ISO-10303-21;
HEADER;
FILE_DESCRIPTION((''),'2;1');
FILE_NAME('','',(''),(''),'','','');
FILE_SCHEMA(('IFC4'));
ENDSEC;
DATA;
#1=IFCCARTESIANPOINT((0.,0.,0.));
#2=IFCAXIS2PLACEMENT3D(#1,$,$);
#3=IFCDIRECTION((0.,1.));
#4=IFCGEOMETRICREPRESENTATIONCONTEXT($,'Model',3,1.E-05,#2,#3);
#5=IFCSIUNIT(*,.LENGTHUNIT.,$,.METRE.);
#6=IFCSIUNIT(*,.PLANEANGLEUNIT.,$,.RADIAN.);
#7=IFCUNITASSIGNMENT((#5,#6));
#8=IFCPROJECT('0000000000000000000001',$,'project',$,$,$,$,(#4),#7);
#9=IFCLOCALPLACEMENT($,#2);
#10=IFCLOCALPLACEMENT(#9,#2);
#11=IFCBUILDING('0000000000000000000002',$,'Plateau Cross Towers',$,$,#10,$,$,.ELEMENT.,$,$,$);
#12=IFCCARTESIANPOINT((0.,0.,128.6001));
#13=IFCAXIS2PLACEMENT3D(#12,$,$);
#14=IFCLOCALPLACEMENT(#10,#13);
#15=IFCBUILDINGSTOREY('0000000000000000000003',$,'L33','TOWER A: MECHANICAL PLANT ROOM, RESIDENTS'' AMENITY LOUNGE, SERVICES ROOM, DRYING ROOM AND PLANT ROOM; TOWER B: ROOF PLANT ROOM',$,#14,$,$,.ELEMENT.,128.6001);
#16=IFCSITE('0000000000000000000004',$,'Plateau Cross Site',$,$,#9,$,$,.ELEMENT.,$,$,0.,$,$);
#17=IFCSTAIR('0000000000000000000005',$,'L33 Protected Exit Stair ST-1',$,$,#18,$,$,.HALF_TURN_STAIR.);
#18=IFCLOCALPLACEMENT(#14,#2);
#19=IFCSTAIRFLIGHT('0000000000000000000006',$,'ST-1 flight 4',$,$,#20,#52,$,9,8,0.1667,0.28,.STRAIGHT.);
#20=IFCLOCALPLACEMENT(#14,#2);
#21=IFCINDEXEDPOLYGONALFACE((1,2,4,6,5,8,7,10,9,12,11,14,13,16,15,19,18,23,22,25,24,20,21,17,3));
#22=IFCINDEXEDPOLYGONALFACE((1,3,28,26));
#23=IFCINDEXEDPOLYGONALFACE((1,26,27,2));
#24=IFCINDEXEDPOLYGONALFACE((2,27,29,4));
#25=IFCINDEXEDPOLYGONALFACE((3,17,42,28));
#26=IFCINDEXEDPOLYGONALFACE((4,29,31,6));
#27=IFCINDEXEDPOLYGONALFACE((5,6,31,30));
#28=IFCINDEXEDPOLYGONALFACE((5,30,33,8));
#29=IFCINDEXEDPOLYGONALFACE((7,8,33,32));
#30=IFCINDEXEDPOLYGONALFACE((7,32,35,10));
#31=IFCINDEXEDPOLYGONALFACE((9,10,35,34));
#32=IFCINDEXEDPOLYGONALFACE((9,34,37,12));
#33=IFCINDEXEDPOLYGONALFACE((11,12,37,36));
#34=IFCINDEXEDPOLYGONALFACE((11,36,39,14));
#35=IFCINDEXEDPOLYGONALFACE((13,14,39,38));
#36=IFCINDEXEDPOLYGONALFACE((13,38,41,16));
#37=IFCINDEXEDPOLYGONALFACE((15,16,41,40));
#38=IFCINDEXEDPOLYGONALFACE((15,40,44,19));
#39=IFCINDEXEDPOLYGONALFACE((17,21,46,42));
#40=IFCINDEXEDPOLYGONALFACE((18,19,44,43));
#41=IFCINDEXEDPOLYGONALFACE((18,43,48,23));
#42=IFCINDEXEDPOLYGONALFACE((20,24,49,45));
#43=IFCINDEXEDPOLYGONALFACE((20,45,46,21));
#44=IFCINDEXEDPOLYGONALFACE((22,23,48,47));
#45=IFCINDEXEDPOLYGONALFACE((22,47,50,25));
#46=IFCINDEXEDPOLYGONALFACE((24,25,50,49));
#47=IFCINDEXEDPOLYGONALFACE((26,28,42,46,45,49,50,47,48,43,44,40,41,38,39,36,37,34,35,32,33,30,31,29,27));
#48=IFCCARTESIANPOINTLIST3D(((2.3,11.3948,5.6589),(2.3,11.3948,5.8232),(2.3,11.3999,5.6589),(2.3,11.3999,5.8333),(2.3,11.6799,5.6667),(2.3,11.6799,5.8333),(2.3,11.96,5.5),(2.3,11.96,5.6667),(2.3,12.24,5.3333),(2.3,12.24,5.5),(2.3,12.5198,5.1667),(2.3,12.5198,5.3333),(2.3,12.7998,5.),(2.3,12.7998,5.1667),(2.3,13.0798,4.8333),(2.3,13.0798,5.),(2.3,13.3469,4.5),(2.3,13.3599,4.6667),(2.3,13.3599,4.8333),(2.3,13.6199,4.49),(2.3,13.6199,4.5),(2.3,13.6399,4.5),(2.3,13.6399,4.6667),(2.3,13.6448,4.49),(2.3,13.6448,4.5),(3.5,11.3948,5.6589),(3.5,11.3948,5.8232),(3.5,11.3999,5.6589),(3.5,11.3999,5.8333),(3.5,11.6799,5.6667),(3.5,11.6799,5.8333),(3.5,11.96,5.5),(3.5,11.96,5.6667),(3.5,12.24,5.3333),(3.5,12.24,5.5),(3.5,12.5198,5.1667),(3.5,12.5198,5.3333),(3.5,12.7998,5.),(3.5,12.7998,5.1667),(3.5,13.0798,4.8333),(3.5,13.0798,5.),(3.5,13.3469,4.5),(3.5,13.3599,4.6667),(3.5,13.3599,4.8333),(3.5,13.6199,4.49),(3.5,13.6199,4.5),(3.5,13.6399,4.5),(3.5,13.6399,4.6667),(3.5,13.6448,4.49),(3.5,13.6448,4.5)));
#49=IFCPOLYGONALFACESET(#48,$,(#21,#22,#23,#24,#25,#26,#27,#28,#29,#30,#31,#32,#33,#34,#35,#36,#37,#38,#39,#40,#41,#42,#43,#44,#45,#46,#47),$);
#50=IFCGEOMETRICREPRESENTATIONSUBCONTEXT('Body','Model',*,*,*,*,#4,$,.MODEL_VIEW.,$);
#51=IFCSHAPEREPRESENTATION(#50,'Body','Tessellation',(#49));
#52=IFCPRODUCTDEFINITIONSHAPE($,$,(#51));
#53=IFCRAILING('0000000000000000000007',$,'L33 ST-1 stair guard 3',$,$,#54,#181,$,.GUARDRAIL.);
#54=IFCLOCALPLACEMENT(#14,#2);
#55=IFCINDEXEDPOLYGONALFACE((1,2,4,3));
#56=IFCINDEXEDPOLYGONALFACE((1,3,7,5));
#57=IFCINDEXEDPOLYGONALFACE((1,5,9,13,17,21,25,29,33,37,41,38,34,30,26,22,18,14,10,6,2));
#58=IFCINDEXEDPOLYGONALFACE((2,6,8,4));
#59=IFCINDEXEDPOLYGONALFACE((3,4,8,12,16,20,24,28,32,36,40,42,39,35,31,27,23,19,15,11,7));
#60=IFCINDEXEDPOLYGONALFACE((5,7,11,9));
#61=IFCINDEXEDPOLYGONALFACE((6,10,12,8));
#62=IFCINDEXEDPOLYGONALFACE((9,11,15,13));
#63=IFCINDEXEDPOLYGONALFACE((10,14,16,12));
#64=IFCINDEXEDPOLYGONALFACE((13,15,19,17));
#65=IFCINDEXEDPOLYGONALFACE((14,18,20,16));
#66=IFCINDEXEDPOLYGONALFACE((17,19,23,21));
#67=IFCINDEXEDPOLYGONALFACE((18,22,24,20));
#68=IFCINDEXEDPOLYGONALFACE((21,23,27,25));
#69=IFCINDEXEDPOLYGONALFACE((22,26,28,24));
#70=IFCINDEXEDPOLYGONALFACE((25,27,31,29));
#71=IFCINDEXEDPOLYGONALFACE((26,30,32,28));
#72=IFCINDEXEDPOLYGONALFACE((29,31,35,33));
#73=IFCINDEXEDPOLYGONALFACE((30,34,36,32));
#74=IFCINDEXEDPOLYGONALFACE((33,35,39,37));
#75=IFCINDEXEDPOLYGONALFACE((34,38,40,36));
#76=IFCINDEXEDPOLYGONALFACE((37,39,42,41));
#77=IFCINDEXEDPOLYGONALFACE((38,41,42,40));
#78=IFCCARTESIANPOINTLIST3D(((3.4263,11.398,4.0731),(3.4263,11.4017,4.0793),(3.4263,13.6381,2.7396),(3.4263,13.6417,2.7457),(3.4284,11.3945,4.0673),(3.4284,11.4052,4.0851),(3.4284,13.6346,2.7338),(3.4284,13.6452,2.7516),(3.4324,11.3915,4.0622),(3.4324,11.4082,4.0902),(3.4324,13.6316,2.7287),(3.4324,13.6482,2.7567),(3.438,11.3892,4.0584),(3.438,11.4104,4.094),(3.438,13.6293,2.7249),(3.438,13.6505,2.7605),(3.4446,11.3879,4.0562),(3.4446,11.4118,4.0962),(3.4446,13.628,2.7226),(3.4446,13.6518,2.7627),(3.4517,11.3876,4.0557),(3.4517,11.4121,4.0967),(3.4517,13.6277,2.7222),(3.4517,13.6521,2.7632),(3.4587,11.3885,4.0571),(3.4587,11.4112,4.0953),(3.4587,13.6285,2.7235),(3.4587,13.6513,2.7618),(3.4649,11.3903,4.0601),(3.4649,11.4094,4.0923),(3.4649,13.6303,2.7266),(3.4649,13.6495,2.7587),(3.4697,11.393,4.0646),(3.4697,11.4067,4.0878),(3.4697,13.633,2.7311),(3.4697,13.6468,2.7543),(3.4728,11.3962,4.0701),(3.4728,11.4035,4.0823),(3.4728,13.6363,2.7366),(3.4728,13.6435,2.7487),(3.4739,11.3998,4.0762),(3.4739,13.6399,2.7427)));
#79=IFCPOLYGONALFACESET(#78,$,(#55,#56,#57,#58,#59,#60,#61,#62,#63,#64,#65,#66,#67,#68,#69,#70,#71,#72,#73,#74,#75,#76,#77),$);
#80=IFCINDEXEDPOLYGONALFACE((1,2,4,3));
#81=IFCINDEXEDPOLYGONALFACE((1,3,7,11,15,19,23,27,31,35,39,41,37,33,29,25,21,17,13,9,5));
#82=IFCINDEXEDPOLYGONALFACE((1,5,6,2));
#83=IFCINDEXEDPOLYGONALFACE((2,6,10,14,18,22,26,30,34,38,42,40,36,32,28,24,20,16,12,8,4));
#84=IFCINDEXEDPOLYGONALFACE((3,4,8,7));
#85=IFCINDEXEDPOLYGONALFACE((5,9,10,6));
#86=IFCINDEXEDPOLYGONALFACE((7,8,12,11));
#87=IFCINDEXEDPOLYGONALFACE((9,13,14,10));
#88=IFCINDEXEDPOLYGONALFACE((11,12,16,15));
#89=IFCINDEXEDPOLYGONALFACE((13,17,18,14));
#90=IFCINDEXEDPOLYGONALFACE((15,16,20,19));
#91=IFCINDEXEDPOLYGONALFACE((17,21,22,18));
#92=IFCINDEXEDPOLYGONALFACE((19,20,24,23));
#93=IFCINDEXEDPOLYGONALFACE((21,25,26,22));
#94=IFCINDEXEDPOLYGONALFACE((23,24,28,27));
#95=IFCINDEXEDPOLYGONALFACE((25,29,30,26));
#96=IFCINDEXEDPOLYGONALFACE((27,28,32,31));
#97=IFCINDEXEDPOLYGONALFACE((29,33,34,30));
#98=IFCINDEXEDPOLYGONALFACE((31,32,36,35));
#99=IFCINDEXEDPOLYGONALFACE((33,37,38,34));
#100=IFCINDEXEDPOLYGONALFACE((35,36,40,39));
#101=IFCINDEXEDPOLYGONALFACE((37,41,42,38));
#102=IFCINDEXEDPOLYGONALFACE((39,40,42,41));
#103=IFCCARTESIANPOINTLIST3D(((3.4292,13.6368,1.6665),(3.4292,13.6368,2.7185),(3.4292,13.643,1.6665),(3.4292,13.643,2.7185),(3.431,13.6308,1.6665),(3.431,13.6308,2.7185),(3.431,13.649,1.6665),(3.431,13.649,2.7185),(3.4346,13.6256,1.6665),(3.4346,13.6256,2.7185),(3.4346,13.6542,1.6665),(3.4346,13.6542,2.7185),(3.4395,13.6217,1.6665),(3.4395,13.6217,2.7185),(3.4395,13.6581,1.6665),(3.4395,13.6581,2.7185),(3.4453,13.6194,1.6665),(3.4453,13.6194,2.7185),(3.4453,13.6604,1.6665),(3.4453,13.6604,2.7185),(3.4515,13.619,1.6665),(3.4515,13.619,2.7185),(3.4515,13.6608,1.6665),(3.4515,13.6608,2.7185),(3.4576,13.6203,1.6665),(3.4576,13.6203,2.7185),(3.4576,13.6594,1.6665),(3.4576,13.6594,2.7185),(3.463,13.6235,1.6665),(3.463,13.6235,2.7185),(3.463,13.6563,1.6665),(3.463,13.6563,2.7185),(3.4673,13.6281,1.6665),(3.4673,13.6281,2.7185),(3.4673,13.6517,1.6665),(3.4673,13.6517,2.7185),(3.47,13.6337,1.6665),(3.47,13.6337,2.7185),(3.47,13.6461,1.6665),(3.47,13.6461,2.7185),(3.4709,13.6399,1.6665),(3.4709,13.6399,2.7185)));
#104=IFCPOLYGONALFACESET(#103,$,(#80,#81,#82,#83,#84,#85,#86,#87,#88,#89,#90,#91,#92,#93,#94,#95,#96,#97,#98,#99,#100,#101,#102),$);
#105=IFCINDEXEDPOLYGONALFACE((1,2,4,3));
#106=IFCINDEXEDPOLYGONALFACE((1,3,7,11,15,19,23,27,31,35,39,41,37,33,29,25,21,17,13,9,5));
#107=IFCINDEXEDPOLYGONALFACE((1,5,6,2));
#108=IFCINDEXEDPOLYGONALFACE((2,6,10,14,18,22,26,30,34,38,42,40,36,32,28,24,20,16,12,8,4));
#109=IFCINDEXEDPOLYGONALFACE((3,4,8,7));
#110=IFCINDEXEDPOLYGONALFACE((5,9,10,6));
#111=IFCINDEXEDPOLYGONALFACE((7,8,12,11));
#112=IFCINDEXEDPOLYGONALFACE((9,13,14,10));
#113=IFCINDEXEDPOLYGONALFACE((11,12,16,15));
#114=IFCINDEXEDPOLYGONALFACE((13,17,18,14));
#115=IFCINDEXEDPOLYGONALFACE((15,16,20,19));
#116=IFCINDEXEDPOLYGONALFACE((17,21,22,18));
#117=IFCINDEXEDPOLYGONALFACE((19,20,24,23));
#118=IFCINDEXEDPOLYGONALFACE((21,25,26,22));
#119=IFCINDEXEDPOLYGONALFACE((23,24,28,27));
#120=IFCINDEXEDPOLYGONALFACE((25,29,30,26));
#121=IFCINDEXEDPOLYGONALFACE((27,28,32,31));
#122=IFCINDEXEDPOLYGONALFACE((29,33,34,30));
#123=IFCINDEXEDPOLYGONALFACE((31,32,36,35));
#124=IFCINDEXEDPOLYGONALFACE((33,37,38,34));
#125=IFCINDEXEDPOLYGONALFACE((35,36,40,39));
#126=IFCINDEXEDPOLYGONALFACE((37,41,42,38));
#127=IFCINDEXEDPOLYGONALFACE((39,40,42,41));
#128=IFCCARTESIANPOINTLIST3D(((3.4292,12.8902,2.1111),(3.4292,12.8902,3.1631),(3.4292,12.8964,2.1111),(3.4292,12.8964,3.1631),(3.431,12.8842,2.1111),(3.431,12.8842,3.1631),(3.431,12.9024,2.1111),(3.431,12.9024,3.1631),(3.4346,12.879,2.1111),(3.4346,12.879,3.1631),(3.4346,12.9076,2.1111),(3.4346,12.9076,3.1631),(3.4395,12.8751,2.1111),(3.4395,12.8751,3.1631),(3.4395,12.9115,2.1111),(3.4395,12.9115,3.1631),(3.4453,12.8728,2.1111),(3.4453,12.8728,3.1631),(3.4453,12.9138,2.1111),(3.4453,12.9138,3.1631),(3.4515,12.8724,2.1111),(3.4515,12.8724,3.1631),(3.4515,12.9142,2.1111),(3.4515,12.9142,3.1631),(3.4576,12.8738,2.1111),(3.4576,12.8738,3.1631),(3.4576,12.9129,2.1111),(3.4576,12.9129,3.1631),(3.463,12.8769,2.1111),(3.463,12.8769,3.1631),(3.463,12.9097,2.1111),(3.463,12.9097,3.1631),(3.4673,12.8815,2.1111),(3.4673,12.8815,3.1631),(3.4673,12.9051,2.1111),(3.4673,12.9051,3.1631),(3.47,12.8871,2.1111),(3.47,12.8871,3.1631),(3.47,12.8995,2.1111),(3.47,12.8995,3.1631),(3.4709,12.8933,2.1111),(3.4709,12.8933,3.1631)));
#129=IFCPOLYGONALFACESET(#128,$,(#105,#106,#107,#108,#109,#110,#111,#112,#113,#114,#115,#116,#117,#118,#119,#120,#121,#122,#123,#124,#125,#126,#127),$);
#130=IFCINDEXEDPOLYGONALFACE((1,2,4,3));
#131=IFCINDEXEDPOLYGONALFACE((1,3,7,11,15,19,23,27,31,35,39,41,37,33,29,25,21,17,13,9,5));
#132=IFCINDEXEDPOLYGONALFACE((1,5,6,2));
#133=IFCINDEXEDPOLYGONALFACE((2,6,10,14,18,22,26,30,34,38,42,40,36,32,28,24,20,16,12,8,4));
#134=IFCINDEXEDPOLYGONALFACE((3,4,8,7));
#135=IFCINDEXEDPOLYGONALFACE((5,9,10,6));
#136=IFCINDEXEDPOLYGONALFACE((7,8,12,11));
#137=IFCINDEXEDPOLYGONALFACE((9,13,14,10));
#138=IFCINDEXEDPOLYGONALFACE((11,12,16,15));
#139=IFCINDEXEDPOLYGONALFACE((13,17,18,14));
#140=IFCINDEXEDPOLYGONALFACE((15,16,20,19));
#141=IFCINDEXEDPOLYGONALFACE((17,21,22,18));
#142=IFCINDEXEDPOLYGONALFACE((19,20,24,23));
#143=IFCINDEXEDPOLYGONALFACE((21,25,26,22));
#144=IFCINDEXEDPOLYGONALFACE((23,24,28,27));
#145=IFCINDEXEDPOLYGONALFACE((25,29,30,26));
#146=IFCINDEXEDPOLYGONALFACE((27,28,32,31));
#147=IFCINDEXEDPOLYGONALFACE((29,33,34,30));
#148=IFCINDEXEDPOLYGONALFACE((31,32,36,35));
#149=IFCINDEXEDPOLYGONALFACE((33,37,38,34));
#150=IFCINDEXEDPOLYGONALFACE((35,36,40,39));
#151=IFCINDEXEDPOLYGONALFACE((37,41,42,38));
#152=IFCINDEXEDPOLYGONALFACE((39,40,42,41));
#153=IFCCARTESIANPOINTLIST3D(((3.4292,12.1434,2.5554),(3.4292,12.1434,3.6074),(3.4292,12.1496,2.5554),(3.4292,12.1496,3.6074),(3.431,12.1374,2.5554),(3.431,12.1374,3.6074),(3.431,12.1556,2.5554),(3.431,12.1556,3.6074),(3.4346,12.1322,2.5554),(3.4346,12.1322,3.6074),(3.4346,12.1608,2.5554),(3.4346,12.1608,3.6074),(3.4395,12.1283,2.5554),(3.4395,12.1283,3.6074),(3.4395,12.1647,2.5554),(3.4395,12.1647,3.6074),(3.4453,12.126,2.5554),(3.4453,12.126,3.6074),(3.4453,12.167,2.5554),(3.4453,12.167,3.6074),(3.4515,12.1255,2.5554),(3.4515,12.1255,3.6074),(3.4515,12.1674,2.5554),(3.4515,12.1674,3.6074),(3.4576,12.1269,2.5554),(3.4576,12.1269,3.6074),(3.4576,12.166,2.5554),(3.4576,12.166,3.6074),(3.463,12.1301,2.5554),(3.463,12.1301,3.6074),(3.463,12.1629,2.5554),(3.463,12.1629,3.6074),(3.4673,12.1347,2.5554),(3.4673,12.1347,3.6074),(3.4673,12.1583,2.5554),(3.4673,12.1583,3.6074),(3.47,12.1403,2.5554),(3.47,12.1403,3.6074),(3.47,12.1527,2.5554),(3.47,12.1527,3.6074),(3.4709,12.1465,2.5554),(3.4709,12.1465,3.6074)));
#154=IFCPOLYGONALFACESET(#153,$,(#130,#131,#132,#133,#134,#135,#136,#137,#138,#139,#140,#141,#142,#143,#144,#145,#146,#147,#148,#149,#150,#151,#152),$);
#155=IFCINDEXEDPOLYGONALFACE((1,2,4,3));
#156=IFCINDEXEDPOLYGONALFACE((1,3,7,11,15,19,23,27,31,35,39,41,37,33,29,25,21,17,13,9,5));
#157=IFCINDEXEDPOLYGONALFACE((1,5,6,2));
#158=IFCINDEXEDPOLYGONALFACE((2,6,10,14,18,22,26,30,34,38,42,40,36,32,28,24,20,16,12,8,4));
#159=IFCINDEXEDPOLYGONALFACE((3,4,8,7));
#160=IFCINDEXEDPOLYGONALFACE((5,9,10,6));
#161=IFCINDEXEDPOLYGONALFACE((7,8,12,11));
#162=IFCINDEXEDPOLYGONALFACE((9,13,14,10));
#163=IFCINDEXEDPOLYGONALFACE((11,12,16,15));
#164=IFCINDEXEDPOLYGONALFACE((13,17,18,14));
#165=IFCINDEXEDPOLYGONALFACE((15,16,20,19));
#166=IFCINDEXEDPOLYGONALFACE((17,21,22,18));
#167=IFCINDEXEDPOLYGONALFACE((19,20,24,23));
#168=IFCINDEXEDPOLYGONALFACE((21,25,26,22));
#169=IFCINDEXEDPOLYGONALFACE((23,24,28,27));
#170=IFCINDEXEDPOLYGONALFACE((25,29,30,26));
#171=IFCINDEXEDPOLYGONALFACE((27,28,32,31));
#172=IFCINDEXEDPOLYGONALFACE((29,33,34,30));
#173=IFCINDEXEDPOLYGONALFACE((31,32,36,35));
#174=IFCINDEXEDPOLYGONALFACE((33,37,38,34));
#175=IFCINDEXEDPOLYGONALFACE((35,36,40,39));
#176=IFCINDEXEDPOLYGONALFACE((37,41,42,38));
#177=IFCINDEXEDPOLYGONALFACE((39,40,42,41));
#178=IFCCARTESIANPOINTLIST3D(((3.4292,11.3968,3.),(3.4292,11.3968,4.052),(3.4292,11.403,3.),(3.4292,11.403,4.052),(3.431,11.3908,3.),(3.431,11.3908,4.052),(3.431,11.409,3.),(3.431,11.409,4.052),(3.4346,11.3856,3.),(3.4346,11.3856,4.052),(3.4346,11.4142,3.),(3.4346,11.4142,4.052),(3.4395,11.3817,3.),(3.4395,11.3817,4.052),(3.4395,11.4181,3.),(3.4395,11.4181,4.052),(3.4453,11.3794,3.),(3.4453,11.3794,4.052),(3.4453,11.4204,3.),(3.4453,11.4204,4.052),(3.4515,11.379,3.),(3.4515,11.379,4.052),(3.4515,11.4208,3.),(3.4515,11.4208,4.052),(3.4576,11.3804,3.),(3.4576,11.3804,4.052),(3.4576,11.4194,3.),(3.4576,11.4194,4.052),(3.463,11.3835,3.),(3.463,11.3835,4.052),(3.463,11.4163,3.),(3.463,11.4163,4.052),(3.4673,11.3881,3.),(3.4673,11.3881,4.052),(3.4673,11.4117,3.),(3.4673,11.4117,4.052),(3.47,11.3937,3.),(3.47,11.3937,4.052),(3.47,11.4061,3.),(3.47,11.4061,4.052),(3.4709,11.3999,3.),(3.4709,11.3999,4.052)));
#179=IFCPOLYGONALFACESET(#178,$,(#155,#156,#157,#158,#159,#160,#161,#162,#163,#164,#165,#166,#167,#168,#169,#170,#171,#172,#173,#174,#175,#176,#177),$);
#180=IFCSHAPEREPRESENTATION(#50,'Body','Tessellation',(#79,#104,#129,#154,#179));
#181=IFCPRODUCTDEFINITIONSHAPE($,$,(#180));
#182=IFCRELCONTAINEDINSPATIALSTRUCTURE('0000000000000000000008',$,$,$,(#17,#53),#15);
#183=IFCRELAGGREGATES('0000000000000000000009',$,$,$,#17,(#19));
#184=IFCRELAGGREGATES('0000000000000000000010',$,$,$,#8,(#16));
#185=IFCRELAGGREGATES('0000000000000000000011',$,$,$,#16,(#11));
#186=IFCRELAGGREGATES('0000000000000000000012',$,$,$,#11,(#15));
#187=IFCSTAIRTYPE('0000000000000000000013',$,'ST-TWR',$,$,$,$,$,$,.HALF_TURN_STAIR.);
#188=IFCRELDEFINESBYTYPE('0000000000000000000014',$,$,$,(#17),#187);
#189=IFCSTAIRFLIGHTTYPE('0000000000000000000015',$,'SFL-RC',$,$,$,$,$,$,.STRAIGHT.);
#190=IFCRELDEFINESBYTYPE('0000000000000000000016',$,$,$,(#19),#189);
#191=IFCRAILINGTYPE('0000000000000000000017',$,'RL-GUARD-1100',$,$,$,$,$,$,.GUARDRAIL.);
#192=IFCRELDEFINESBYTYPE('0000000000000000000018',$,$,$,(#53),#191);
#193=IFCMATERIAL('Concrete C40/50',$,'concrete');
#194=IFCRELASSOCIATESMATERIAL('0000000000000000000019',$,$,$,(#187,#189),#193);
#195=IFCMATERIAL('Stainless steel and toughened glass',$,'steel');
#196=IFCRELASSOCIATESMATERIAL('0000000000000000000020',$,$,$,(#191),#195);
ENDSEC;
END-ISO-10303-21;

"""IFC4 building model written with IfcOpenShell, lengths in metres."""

from ifc_helpers import new_model, si_unit, direction, frame, origin, origin_2d, place, context, subcontext, project, spatial, polyline, circle, outline, extrude, material, type_object, element, aggregate, save


model = new_model("IFC4")

# Units and contexts
model_context = context("Model", 3, precision=1e-05, world=origin(), true_north=direction((0.0, 1.0)))
body_context = subcontext(model_context, "Body", "Model", "MODEL_VIEW")
ifc_project = project(units=[si_unit("LENGTHUNIT", "METRE"), si_unit("PLANEANGLEUNIT", "RADIAN")], contexts=[model_context])

# Site, building, storey
site_placement = place(None, origin())
site = spatial("IfcSite", under=ifc_project, at=site_placement, Name="Plateau Cross Site", CompositionType="ELEMENT", RefElevation=0.0)
building_placement = place(site_placement, origin())
building = spatial("IfcBuilding", under=site, at=building_placement, Name="Plateau Cross Towers", CompositionType="ELEMENT")
storey_placement = place(building_placement, frame((0.0, 0.0, 128.6001)))
storey = spatial("IfcBuildingStorey", under=building, at=storey_placement, Name="L33", Description="TOWER A: MECHANICAL PLANT ROOM, RESIDENTS' AMENITY LOUNGE, SERVICES ROOM, DRYING ROOM AND PLANT ROOM; TOWER B: ROOF PLANT ROOM", CompositionType="ELEMENT", Elevation=128.6001)

# Stair, stair flight
ifc_material_1 = material(Name="Concrete C40/50", Category="concrete")
stair_type = type_object("IfcStairType", Name="ST-TWR", PredefinedType="HALF_TURN_STAIR", material=ifc_material_1)
stair_placement = place(storey_placement, origin())
stair = element("IfcStair", 1, at=stair_placement, inside=storey, type_object=stair_type, Name="L33 Protected Exit Stair ST-1", PredefinedType="HALF_TURN_STAIR")
stair_flight_type = type_object("IfcStairFlightType", Name="SFL-RC", PredefinedType="STRAIGHT", material=ifc_material_1)
stair_flight_1_placement = place(storey_placement, frame((2.8999, 13.6399, 4.5), z_axis=(0.0, 0.0, 1.0), x_axis=(0.0, -1.0, 0.0)))
stair_flight_1 = element("IfcStairFlight", 2, at=stair_flight_1_placement, type_object=stair_flight_type, Name="ST-1 flight 4", NumberOfRisers=9, NumberOfTreads=8, PredefinedType="STRAIGHT", RiserHeight=0.1667, TreadLength=0.28, context=body_context, shape_type="SweptSolid", body=[
    extrude(outline(polyline([(-0.0049, -0.01), (-0.0049, 0.0), (0.0, 0.0), (0.0, 0.1667), (0.28, 0.1667), (0.28, 0.3333), (0.5601, 0.3333), (0.5601, 0.5), (0.8401, 0.5), (0.8401, 0.6667), (1.1201, 0.6667), (1.1201, 0.8333), (1.3999, 0.8333), (1.3999, 1.0), (1.6799, 1.0), (1.6799, 1.1667), (1.96, 1.1667), (1.96, 1.3333), (2.24, 1.3333), (2.2451, 1.3232), (2.2451, 1.1589), (2.24, 1.1589), (0.293, 0.0), (0.02, 0.0), (0.02, -0.01), (-0.0049, -0.01)])), frame((0.0, 0.6001, 0.0), z_axis=(0.0, -1.0, 0.0), x_axis=(1.0, 0.0, 0.0)), (0.0, 0.0, 1.0), 1.2),
])
aggregate(stair, [stair_flight_1])

# Railing
ifc_material_2 = material(Name="Stainless steel and toughened glass", Category="steel")
railing_type_1 = type_object("IfcRailingType", Name="RL-GUARD-1100", PredefinedType="GUARDRAIL", material=ifc_material_2)
railing_1_placement = place(storey_placement, frame((3.45, 13.6399, 1.6665)))
element("IfcRailing", 3, at=railing_1_placement, inside=storey, type_object=railing_type_1, Name="L33 ST-1 stair guard 3", PredefinedType="GUARDRAIL", context=body_context, shape_type="SweptSolid", body=[
    extrude(circle(Radius=0.0239, at=origin_2d()), frame((0.0, 0.0, 1.0762), z_axis=(0.0, -0.859264, 0.511532), x_axis=(1.0, 0.0, 0.0)), (0.0, 0.0, 1.0), 2.6069),
    extrude(circle(Radius=0.021, at=origin_2d()), origin(), (0.0, 0.0, 1.0), 1.052),
    extrude(circle(Radius=0.021, at=origin_2d()), frame((0.0, -0.7466, 0.4446)), (0.0, 0.0, 1.0), 1.052),
    extrude(circle(Radius=0.021, at=origin_2d()), frame((0.0, -1.4934, 0.8889)), (0.0, 0.0, 1.0), 1.052),
    extrude(circle(Radius=0.021, at=origin_2d()), frame((0.0, -2.24, 1.3335)), (0.0, 0.0, 1.0), 1.052),
])

save(model, "model.ifc")
